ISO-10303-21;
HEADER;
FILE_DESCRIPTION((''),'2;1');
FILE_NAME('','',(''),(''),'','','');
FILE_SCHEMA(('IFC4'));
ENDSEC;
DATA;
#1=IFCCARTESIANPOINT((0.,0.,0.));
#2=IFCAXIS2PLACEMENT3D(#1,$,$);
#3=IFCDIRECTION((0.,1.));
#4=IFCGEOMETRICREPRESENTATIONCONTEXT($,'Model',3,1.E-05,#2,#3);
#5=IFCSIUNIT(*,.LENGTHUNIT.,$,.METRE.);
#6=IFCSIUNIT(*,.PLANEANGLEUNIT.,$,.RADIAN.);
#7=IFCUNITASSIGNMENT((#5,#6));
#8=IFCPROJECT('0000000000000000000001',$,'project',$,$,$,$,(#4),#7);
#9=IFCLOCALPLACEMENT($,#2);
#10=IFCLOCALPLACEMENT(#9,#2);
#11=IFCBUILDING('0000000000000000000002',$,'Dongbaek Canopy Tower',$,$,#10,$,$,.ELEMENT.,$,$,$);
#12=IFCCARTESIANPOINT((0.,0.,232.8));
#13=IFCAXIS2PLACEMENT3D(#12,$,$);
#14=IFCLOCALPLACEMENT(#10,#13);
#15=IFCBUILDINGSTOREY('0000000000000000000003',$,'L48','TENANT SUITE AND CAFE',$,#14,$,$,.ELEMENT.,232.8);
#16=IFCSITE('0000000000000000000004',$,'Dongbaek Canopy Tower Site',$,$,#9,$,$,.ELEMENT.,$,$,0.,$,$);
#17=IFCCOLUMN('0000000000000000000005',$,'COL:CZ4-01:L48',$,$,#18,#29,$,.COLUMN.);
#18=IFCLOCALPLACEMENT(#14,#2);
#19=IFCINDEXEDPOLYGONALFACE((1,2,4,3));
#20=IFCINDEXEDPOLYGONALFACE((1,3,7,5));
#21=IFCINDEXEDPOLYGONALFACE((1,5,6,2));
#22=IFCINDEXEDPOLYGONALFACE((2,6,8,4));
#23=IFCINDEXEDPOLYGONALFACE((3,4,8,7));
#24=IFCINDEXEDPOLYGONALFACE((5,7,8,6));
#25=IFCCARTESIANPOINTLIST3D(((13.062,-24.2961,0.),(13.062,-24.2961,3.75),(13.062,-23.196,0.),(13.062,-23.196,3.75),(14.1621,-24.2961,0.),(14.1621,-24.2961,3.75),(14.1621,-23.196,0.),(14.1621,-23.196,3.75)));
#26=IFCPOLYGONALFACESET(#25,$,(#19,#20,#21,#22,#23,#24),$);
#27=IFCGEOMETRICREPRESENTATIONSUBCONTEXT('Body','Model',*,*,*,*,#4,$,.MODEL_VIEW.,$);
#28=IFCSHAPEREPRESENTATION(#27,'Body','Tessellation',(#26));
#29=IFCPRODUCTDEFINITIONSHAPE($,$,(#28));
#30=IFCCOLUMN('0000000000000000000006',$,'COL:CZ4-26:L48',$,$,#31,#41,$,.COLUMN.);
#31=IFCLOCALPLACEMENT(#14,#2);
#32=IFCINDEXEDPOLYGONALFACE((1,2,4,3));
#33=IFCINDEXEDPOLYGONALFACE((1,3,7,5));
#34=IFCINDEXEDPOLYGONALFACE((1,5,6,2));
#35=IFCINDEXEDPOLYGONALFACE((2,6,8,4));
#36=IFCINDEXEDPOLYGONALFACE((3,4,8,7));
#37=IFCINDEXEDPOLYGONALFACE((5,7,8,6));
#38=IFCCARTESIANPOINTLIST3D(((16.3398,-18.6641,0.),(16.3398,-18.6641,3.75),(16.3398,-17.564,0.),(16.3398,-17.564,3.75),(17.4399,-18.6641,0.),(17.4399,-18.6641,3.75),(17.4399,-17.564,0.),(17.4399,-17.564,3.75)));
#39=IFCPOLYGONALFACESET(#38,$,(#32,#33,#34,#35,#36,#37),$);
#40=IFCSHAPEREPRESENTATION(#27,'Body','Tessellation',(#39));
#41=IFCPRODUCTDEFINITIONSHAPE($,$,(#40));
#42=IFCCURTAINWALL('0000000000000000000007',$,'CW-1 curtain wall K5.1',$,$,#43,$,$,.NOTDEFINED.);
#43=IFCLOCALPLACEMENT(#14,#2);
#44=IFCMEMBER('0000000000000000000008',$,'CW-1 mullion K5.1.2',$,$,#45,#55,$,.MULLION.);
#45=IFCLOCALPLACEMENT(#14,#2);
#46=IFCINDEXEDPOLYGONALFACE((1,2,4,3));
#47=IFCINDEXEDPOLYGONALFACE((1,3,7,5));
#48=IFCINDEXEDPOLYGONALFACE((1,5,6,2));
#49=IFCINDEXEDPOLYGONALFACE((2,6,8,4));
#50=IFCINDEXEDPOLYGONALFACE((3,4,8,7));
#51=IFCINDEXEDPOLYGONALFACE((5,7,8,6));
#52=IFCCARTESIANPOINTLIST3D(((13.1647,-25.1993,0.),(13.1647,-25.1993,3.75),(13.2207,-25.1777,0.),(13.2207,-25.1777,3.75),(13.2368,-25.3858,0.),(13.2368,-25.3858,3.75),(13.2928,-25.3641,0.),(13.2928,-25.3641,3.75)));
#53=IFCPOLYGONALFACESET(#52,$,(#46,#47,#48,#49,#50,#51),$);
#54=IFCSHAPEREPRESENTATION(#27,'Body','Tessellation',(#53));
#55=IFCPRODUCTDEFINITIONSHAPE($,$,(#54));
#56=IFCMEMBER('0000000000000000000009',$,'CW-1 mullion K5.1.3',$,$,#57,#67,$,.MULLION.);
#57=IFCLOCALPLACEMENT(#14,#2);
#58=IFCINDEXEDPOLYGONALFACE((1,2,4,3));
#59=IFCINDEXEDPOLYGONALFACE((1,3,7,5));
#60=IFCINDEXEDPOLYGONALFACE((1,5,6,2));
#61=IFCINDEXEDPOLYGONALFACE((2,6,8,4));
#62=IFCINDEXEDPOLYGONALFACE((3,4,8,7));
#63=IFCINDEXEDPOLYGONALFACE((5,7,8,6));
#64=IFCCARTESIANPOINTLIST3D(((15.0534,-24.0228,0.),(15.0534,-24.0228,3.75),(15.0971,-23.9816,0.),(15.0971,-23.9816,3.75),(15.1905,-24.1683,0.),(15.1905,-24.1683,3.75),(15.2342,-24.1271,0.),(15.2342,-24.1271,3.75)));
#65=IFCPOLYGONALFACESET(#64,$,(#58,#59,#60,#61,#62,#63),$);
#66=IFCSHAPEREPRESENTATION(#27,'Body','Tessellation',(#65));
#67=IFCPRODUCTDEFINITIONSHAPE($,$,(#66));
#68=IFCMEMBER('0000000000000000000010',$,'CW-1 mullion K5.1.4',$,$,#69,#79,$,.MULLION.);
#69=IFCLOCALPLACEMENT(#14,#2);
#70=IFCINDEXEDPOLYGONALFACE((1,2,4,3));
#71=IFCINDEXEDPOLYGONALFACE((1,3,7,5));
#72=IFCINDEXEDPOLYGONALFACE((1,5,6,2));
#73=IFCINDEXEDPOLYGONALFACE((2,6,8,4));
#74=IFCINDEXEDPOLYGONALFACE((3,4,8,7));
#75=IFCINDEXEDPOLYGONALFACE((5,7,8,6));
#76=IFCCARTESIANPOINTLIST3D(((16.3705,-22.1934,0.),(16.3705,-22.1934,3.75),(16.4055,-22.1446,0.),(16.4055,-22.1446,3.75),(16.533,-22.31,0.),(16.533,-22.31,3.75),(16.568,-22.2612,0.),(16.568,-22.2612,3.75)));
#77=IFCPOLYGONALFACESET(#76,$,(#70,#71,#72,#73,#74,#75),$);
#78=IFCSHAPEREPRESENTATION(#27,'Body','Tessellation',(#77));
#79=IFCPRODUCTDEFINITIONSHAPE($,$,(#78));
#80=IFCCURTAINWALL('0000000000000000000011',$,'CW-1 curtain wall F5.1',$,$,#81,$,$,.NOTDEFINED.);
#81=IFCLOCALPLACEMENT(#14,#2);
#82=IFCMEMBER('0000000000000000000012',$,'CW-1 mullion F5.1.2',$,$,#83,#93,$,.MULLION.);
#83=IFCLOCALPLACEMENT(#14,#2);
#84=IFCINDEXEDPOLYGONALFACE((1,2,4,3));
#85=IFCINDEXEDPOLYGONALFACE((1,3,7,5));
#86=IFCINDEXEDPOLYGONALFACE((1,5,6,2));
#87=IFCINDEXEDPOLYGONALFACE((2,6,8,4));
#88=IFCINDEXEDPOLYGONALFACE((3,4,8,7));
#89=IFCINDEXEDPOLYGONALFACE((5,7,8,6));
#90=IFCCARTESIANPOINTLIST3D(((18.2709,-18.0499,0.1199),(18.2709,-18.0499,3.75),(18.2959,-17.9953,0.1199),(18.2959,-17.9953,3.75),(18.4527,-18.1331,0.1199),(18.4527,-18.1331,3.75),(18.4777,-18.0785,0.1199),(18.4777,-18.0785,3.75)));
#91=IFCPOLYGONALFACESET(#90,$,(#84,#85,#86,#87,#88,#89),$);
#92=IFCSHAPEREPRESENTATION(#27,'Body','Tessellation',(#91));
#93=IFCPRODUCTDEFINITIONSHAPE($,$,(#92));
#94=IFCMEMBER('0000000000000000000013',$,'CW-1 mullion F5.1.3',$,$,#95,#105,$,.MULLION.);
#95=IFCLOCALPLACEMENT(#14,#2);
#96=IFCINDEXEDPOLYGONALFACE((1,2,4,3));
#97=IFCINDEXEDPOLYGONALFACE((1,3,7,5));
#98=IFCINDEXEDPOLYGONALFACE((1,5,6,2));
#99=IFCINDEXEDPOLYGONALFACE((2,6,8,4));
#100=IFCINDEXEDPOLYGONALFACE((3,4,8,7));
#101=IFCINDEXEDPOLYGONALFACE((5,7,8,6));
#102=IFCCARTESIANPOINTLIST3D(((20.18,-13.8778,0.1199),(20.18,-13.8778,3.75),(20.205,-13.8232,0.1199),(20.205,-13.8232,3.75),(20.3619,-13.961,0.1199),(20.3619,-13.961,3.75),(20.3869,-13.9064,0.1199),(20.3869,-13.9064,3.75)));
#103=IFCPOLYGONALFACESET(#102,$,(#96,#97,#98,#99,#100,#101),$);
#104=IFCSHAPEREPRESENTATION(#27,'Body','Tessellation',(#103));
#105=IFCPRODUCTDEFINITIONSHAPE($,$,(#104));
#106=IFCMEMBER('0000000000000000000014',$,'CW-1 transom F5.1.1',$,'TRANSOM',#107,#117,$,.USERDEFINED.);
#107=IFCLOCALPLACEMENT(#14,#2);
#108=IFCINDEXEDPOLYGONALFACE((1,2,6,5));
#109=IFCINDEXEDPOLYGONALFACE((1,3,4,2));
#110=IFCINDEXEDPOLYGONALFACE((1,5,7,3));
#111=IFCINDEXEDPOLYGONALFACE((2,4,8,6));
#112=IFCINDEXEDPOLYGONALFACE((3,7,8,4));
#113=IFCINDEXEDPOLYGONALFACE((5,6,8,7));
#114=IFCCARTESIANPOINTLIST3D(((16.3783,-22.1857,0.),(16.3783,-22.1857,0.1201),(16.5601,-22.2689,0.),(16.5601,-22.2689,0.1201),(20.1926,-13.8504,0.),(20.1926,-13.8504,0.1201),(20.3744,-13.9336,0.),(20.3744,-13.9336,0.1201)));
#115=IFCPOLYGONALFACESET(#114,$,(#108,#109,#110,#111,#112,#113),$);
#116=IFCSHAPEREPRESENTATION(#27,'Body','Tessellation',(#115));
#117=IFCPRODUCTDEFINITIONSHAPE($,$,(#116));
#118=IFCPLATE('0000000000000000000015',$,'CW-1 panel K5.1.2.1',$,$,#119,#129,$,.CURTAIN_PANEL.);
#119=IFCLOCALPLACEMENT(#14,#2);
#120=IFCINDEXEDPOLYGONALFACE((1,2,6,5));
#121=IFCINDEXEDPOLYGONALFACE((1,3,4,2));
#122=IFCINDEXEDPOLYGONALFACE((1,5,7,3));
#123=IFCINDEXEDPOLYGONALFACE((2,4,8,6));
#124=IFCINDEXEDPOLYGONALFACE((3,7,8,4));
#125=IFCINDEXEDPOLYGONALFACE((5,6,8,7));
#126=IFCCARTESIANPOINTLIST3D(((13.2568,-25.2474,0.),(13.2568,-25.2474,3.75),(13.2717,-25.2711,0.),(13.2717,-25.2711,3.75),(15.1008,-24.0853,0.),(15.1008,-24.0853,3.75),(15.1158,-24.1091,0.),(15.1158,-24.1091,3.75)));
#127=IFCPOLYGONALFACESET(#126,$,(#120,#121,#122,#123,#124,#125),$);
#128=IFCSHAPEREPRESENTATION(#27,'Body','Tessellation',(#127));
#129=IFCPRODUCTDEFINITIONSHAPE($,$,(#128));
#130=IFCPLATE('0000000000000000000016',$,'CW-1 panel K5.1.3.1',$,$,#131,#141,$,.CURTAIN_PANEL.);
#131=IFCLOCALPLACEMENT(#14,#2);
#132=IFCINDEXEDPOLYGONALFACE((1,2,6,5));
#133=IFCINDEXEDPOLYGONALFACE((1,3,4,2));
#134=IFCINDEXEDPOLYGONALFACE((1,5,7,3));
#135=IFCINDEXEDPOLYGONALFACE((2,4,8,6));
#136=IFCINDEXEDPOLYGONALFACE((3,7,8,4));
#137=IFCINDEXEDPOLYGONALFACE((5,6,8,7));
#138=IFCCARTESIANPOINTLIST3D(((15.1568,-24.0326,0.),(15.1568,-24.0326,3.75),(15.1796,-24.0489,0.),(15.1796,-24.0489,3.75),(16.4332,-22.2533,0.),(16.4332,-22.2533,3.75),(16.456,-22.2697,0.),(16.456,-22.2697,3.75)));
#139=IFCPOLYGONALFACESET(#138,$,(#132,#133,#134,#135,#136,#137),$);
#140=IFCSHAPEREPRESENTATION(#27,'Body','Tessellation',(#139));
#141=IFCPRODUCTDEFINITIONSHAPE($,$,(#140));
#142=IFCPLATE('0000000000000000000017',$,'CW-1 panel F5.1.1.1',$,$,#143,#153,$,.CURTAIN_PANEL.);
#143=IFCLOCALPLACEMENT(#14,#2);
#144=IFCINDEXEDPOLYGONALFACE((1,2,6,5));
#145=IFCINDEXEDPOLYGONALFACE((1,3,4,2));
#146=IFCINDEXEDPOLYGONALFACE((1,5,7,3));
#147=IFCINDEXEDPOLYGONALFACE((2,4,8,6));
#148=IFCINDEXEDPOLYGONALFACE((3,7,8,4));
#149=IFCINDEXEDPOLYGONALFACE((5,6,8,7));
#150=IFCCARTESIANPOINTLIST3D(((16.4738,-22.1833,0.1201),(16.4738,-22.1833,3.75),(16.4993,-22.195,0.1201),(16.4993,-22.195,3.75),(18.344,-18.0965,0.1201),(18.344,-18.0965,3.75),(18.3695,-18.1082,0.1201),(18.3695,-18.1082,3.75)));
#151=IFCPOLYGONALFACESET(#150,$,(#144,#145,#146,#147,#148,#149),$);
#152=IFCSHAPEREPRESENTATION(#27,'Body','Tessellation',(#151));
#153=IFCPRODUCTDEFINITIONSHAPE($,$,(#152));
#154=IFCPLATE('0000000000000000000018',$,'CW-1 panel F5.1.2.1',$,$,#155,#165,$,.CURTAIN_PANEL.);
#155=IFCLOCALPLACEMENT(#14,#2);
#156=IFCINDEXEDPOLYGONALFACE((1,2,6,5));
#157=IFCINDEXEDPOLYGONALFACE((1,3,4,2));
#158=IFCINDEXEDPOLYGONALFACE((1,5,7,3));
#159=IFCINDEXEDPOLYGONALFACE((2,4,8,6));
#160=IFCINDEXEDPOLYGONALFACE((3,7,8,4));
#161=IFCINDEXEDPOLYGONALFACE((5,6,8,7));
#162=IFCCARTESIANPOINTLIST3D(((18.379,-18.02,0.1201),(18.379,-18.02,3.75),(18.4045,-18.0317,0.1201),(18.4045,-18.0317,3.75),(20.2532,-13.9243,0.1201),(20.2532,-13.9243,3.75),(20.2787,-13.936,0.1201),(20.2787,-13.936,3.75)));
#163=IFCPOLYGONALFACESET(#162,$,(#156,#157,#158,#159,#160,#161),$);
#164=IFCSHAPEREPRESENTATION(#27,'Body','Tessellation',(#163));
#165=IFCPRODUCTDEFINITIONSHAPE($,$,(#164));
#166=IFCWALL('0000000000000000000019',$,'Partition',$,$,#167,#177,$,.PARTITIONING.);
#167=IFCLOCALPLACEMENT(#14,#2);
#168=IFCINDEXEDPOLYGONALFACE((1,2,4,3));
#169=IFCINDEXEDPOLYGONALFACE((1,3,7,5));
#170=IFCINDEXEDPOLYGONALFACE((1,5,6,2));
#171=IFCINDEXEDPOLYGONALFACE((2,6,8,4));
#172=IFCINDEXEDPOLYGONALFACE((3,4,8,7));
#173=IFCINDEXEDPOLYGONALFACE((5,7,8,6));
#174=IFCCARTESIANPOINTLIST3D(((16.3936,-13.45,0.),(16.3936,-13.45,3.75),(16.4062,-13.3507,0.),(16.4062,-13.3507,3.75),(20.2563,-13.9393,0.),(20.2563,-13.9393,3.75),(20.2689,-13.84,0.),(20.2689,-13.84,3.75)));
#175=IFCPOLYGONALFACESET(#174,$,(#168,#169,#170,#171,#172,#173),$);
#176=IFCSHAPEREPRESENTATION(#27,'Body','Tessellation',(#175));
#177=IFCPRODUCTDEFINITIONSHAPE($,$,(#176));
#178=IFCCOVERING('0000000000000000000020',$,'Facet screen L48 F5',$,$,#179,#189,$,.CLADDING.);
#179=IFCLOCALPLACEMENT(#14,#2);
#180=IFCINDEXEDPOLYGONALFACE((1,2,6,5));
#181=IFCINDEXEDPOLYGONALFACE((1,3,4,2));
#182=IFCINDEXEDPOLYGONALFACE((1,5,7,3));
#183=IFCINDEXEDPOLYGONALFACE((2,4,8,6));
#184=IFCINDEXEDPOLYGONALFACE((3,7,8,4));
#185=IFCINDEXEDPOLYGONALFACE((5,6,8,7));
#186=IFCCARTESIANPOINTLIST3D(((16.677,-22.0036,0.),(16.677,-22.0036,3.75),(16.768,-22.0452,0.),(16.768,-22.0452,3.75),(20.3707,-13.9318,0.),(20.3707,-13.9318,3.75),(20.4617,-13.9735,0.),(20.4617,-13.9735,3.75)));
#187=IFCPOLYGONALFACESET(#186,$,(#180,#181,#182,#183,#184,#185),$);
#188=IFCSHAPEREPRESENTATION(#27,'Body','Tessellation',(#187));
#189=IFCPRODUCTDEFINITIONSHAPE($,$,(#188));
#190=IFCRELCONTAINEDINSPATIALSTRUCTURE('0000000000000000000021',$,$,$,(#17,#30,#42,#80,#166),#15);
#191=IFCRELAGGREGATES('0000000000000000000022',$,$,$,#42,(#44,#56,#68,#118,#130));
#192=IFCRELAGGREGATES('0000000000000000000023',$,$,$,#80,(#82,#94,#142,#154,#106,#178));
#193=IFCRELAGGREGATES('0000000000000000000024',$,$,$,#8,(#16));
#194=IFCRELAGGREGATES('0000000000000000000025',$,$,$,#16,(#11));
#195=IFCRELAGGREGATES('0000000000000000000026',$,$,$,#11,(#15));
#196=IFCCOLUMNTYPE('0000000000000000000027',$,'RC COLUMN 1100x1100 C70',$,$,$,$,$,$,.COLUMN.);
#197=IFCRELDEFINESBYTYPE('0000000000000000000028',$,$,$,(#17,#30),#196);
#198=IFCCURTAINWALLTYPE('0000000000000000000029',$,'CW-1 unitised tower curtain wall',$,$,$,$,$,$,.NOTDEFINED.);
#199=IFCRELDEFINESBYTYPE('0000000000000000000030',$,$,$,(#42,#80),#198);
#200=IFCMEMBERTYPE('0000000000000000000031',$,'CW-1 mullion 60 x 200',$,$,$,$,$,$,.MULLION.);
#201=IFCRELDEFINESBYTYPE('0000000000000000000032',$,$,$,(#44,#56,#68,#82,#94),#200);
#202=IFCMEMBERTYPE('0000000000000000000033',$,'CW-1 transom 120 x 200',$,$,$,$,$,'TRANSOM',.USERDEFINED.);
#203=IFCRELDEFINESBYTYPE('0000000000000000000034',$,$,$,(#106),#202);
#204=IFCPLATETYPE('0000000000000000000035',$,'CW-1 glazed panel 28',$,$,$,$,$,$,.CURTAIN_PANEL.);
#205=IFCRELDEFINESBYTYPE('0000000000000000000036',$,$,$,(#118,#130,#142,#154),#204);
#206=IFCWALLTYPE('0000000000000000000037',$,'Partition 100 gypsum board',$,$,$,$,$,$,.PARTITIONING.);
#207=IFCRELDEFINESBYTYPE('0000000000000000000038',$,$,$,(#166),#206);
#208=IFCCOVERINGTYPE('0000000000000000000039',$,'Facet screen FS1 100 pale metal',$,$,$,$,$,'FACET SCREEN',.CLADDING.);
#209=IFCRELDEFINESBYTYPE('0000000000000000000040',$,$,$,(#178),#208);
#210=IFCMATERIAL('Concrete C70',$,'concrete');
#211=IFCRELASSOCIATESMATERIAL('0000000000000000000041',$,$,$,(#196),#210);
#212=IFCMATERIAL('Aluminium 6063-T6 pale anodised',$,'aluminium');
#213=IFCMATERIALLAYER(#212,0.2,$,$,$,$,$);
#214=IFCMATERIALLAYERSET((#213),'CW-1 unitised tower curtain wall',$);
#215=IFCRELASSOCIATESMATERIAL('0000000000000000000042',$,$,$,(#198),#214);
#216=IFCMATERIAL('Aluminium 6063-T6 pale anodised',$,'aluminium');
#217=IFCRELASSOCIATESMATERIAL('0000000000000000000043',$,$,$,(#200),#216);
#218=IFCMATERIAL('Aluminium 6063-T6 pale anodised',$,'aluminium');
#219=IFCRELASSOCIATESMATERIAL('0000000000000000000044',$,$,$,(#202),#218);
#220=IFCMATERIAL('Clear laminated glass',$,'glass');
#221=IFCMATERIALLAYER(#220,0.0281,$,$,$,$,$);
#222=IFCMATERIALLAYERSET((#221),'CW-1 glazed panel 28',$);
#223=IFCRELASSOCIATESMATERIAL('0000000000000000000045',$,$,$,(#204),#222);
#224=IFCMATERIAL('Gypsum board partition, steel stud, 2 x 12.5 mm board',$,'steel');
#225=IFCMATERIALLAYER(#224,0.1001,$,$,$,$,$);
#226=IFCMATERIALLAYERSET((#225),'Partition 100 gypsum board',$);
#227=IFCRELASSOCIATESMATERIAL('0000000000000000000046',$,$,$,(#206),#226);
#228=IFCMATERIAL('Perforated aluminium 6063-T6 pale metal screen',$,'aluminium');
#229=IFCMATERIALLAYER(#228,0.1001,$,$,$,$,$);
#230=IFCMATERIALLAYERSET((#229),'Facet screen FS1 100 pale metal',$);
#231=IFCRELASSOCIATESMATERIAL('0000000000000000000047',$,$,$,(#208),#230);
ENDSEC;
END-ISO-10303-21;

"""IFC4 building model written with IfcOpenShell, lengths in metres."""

from ifc_helpers import new_model, si_unit, direction, frame, frame_2d, origin, origin_2d, place, context, subcontext, project, spatial, rectangle, extrude, material, layer, layer_set, material_profile, profile_set, type_object, element, aggregate, save


model = new_model("IFC4")

# Units and contexts
model_context = context("Model", 3, precision=1e-05, world=origin(), true_north=direction((0.0, 1.0)))
body_context = subcontext(model_context, "Body", "Model", "MODEL_VIEW")
ifc_project = project(units=[si_unit("LENGTHUNIT", "METRE"), si_unit("PLANEANGLEUNIT", "RADIAN")], contexts=[model_context])

# Site, building, storey
site_placement = place(None, origin())
site = spatial("IfcSite", under=ifc_project, at=site_placement, Name="Dongbaek Canopy Tower Site", CompositionType="ELEMENT", RefElevation=0.0)
building_placement = place(site_placement, origin())
building = spatial("IfcBuilding", under=site, at=building_placement, Name="Dongbaek Canopy Tower", CompositionType="ELEMENT")
storey_placement = place(building_placement, frame((0.0, 0.0, 232.8)))
storey = spatial("IfcBuildingStorey", under=building, at=storey_placement, Name="L48", Description="TENANT SUITE AND CAFE", CompositionType="ELEMENT", Elevation=232.8)

# Columns
ifc_material_1 = material(Name="Concrete C70", Category="concrete")
ifc_material_profile_1 = material_profile(ifc_material_1, rectangle(XDim=1.1001, YDim=1.1001, at=origin_2d()), Name="RC COLUMN 1100x1100 C70")
ifc_profile_set_1 = profile_set([ifc_material_profile_1], Name="Concrete C70")
column_type = type_object("IfcColumnType", Name="RC COLUMN 1100x1100 C70", PredefinedType="COLUMN", material=ifc_profile_set_1)
for number, where, z_axis, x_axis, name in (
    (1, (13.6121, -23.7461, 0.0), (0.0, 0.0, 1.0), (1.0, 0.0, 0.0), "COL:CZ4-01:L48"),
    (2, (16.8899, -18.114, 0.0), (0.0, 0.0, 1.0), (1.0, 0.0, 0.0), "COL:CZ4-26:L48"),
):
    element("IfcColumn", number, at=place(storey_placement, frame(where, z_axis=z_axis, x_axis=x_axis)), inside=storey, type_object=column_type, Name=name, PredefinedType="COLUMN", context=body_context, shape_type="SweptSolid", body=[
        extrude(rectangle(XDim=1.1001, YDim=1.1001, at=origin_2d()), origin(), (0.0, 0.0, 1.0), 3.75),
    ])

# Curtain walls, members
ifc_material_2 = material(Name="Aluminium 6063-T6 pale anodised", Category="aluminium")
ifc_layer_1 = layer(ifc_material_2, 0.2)
ifc_layer_set_1 = layer_set([ifc_layer_1], Name="CW-1 unitised tower curtain wall")
curtain_wall_type = type_object("IfcCurtainWallType", Name="CW-1 unitised tower curtain wall", PredefinedType="NOTDEFINED", material=ifc_layer_set_1)
curtain_wall_1_placement = place(storey_placement, origin())
curtain_wall_1 = element("IfcCurtainWall", 3, at=curtain_wall_1_placement, inside=storey, type_object=curtain_wall_type, Name="CW-1 curtain wall K5.1", PredefinedType="NOTDEFINED")
ifc_material_3 = material(Name="Aluminium 6063-T6 pale anodised", Category="aluminium")
ifc_material_profile_2 = material_profile(ifc_material_3, rectangle(XDim=0.2, YDim=0.0601, at=origin_2d()), Name="CW-1 mullion 60 x 200")
ifc_profile_set_2 = profile_set([ifc_material_profile_2], Name="Aluminium 6063-T6 pale anodised")
member_type_1 = type_object("IfcMemberType", Name="CW-1 mullion 60 x 200", PredefinedType="MULLION", material=ifc_profile_set_2)
member_1_placement = place(storey_placement, frame((13.2288, -25.2817, 0.0), z_axis=(0.0, 0.0, 1.0), x_axis=(0.360883, -0.932611, 0.0)))
member_1 = element("IfcMember", 4, at=member_1_placement, type_object=member_type_1, Name="CW-1 mullion K5.1.2", PredefinedType="MULLION", context=body_context, shape_type="SweptSolid", body=[
    extrude(rectangle(XDim=0.2, YDim=0.0601, at=origin_2d()), origin(), (0.0, 0.0, 1.0), 3.75),
])
member_2_placement = place(storey_placement, frame((15.1438, -24.075, 0.0), z_axis=(0.0, 0.0, 1.0), x_axis=(0.685596, -0.727982, 0.0)))
member_2 = element("IfcMember", 5, at=member_2_placement, type_object=member_type_1, Name="CW-1 mullion K5.1.3", PredefinedType="MULLION", context=body_context, shape_type="SweptSolid", body=[
    extrude(rectangle(XDim=0.2, YDim=0.0601, at=origin_2d()), origin(), (0.0, 0.0, 1.0), 3.75),
])
member_3_placement = place(storey_placement, frame((16.4692, -22.2273, 0.0), z_axis=(0.0, 0.0, 1.0), x_axis=(0.812557, -0.582881, 0.0)))
member_3 = element("IfcMember", 6, at=member_3_placement, type_object=member_type_1, Name="CW-1 mullion K5.1.4", PredefinedType="MULLION", context=body_context, shape_type="SweptSolid", body=[
    extrude(rectangle(XDim=0.2, YDim=0.0601, at=origin_2d()), origin(), (0.0, 0.0, 1.0), 3.75),
])
curtain_wall_2_placement = place(storey_placement, origin())
curtain_wall_2 = element("IfcCurtainWall", 7, at=curtain_wall_2_placement, inside=storey, type_object=curtain_wall_type, Name="CW-1 curtain wall F5.1", PredefinedType="NOTDEFINED")
member_4_placement = place(storey_placement, frame((18.3743, -18.0642, 0.1199), z_axis=(0.0, 0.0, 1.0), x_axis=(0.909313, -0.416113, 0.0)))
member_4 = element("IfcMember", 8, at=member_4_placement, type_object=member_type_1, Name="CW-1 mullion F5.1.2", PredefinedType="MULLION", context=body_context, shape_type="SweptSolid", body=[
    extrude(rectangle(XDim=0.2, YDim=0.0601, at=origin_2d()), origin(), (0.0, 0.0, 1.0), 3.6301),
])
member_5_placement = place(storey_placement, frame((20.2834, -13.8921, 0.1199), z_axis=(0.0, 0.0, 1.0), x_axis=(0.909313, -0.416113, 0.0)))
member_5 = element("IfcMember", 9, at=member_5_placement, type_object=member_type_1, Name="CW-1 mullion F5.1.3", PredefinedType="MULLION", context=body_context, shape_type="SweptSolid", body=[
    extrude(rectangle(XDim=0.2, YDim=0.0601, at=origin_2d()), origin(), (0.0, 0.0, 1.0), 3.6301),
])
ifc_material_4 = material(Name="Aluminium 6063-T6 pale anodised", Category="aluminium")
ifc_material_profile_3 = material_profile(ifc_material_4, rectangle(XDim=0.2, YDim=0.1201, at=origin_2d()), Name="CW-1 transom 120 x 200")
ifc_profile_set_3 = profile_set([ifc_material_profile_3], Name="Aluminium 6063-T6 pale anodised")
member_type_2 = type_object("IfcMemberType", Name="CW-1 transom 120 x 200", ElementType="TRANSOM", PredefinedType="USERDEFINED", material=ifc_profile_set_3)
member_6_placement = place(storey_placement, frame((16.4692, -22.2273, 0.0601), z_axis=(0.416105, 0.909316, 0.0), x_axis=(-0.909316, 0.416105, 0.0)))
member_6 = element("IfcMember", 10, at=member_6_placement, type_object=member_type_2, Name="CW-1 transom F5.1.1", ObjectType="TRANSOM", PredefinedType="USERDEFINED", context=body_context, shape_type="SweptSolid", body=[
    extrude(rectangle(XDim=0.2, YDim=0.1201, at=origin_2d()), origin(), (0.0, 0.0, 1.0), 9.1665),
])

# Plates
ifc_material_5 = material(Name="Clear laminated glass", Category="glass")
ifc_layer_2 = layer(ifc_material_5, 0.0281)
ifc_layer_set_2 = layer_set([ifc_layer_2], Name="CW-1 glazed panel 28")
plate_type = type_object("IfcPlateType", Name="CW-1 glazed panel 28", PredefinedType="CURTAIN_PANEL", material=ifc_layer_set_2)
plate_1_placement = place(storey_placement, frame((14.1863, -24.6782, 0.0), z_axis=(0.0, 0.0, 1.0), x_axis=(0.846021, 0.533149, 0.0)))
plate_1 = element("IfcPlate", 11, at=plate_1_placement, type_object=plate_type, Name="CW-1 panel K5.1.2.1", PredefinedType="CURTAIN_PANEL", context=body_context, shape_type="SweptSolid", body=[
    extrude(rectangle(XDim=2.1797, YDim=0.0281, at=origin_2d()), origin(), (0.0, 0.0, 1.0), 3.75),
])
plate_2_placement = place(storey_placement, frame((15.8064, -23.1511, 0.0), z_axis=(0.0, 0.0, 1.0), x_axis=(0.582881, 0.812557, 0.0)))
plate_2 = element("IfcPlate", 12, at=plate_2_placement, type_object=plate_type, Name="CW-1 panel K5.1.3.1", PredefinedType="CURTAIN_PANEL", context=body_context, shape_type="SweptSolid", body=[
    extrude(rectangle(XDim=2.1897, YDim=0.0281, at=origin_2d()), origin(), (0.0, 0.0, 1.0), 3.75),
])
aggregate(curtain_wall_1, [member_1, member_2, member_3, plate_1, plate_2])
plate_3_placement = place(storey_placement, frame((17.4216, -20.1458, 0.1201), z_axis=(0.0, 0.0, 1.0), x_axis=(0.416113, 0.909313, 0.0)))
plate_3 = element("IfcPlate", 13, at=plate_3_placement, type_object=plate_type, Name="CW-1 panel F5.1.1.1", PredefinedType="CURTAIN_PANEL", context=body_context, shape_type="SweptSolid", body=[
    extrude(rectangle(XDim=4.4944, YDim=0.0281, at=origin_2d()), origin(), (0.0, 0.0, 1.0), 3.6299),
])
plate_4_placement = place(storey_placement, frame((19.3289, -15.978, 0.1201), z_axis=(0.0, 0.0, 1.0), x_axis=(0.416113, 0.909313, 0.0)))
plate_4 = element("IfcPlate", 14, at=plate_4_placement, type_object=plate_type, Name="CW-1 panel F5.1.2.1", PredefinedType="CURTAIN_PANEL", context=body_context, shape_type="SweptSolid", body=[
    extrude(rectangle(XDim=4.5042, YDim=0.0281, at=origin_2d()), origin(), (0.0, 0.0, 1.0), 3.6299),
])

# Wall
ifc_material_6 = material(Name="Gypsum board partition, steel stud, 2 x 12.5 mm board", Category="steel")
ifc_layer_3 = layer(ifc_material_6, 0.1001)
ifc_layer_set_3 = layer_set([ifc_layer_3], Name="Partition 100 gypsum board")
wall_type_1 = type_object("IfcWallType", Name="Partition 100 gypsum board", PredefinedType="PARTITIONING", material=ifc_layer_set_3)
wall_1_placement = place(storey_placement, frame((16.3999, -13.4004, 0.0), z_axis=(0.0, 0.0, 1.0), x_axis=(0.992074, -0.125655, 0.0)))
element("IfcWall", 15, at=wall_1_placement, inside=storey, type_object=wall_type_1, Name="Partition", PredefinedType="PARTITIONING", context=body_context, shape_type="SweptSolid", body=[
    extrude(rectangle(XDim=3.8936, YDim=0.1001, at=frame_2d((1.9468, 0.0))), origin(), (0.0, 0.0, 1.0), 3.75),
])

# Covering
ifc_material_7 = material(Name="Perforated aluminium 6063-T6 pale metal screen", Category="aluminium")
ifc_layer_4 = layer(ifc_material_7, 0.1001)
ifc_layer_set_4 = layer_set([ifc_layer_4], Name="Facet screen FS1 100 pale metal")
covering_type_1 = type_object("IfcCoveringType", Name="Facet screen FS1 100 pale metal", ElementType="FACET SCREEN", PredefinedType="CLADDING", material=ifc_layer_set_4)
covering_1_placement = place(storey_placement, frame((18.5693, -17.9885, 0.0), z_axis=(0.0, 0.0, 1.0), x_axis=(0.416113, 0.909313, 0.0)))
covering_1 = element("IfcCovering", 16, at=covering_1_placement, type_object=covering_type_1, Name="Facet screen L48 F5", PredefinedType="CLADDING", context=body_context, shape_type="SweptSolid", body=[
    extrude(rectangle(XDim=8.8767, YDim=0.1001, at=origin_2d()), origin(), (0.0, 0.0, 1.0), 3.75),
])
aggregate(curtain_wall_2, [member_4, member_5, plate_3, plate_4, member_6, covering_1])

save(model, "model.ifc")
